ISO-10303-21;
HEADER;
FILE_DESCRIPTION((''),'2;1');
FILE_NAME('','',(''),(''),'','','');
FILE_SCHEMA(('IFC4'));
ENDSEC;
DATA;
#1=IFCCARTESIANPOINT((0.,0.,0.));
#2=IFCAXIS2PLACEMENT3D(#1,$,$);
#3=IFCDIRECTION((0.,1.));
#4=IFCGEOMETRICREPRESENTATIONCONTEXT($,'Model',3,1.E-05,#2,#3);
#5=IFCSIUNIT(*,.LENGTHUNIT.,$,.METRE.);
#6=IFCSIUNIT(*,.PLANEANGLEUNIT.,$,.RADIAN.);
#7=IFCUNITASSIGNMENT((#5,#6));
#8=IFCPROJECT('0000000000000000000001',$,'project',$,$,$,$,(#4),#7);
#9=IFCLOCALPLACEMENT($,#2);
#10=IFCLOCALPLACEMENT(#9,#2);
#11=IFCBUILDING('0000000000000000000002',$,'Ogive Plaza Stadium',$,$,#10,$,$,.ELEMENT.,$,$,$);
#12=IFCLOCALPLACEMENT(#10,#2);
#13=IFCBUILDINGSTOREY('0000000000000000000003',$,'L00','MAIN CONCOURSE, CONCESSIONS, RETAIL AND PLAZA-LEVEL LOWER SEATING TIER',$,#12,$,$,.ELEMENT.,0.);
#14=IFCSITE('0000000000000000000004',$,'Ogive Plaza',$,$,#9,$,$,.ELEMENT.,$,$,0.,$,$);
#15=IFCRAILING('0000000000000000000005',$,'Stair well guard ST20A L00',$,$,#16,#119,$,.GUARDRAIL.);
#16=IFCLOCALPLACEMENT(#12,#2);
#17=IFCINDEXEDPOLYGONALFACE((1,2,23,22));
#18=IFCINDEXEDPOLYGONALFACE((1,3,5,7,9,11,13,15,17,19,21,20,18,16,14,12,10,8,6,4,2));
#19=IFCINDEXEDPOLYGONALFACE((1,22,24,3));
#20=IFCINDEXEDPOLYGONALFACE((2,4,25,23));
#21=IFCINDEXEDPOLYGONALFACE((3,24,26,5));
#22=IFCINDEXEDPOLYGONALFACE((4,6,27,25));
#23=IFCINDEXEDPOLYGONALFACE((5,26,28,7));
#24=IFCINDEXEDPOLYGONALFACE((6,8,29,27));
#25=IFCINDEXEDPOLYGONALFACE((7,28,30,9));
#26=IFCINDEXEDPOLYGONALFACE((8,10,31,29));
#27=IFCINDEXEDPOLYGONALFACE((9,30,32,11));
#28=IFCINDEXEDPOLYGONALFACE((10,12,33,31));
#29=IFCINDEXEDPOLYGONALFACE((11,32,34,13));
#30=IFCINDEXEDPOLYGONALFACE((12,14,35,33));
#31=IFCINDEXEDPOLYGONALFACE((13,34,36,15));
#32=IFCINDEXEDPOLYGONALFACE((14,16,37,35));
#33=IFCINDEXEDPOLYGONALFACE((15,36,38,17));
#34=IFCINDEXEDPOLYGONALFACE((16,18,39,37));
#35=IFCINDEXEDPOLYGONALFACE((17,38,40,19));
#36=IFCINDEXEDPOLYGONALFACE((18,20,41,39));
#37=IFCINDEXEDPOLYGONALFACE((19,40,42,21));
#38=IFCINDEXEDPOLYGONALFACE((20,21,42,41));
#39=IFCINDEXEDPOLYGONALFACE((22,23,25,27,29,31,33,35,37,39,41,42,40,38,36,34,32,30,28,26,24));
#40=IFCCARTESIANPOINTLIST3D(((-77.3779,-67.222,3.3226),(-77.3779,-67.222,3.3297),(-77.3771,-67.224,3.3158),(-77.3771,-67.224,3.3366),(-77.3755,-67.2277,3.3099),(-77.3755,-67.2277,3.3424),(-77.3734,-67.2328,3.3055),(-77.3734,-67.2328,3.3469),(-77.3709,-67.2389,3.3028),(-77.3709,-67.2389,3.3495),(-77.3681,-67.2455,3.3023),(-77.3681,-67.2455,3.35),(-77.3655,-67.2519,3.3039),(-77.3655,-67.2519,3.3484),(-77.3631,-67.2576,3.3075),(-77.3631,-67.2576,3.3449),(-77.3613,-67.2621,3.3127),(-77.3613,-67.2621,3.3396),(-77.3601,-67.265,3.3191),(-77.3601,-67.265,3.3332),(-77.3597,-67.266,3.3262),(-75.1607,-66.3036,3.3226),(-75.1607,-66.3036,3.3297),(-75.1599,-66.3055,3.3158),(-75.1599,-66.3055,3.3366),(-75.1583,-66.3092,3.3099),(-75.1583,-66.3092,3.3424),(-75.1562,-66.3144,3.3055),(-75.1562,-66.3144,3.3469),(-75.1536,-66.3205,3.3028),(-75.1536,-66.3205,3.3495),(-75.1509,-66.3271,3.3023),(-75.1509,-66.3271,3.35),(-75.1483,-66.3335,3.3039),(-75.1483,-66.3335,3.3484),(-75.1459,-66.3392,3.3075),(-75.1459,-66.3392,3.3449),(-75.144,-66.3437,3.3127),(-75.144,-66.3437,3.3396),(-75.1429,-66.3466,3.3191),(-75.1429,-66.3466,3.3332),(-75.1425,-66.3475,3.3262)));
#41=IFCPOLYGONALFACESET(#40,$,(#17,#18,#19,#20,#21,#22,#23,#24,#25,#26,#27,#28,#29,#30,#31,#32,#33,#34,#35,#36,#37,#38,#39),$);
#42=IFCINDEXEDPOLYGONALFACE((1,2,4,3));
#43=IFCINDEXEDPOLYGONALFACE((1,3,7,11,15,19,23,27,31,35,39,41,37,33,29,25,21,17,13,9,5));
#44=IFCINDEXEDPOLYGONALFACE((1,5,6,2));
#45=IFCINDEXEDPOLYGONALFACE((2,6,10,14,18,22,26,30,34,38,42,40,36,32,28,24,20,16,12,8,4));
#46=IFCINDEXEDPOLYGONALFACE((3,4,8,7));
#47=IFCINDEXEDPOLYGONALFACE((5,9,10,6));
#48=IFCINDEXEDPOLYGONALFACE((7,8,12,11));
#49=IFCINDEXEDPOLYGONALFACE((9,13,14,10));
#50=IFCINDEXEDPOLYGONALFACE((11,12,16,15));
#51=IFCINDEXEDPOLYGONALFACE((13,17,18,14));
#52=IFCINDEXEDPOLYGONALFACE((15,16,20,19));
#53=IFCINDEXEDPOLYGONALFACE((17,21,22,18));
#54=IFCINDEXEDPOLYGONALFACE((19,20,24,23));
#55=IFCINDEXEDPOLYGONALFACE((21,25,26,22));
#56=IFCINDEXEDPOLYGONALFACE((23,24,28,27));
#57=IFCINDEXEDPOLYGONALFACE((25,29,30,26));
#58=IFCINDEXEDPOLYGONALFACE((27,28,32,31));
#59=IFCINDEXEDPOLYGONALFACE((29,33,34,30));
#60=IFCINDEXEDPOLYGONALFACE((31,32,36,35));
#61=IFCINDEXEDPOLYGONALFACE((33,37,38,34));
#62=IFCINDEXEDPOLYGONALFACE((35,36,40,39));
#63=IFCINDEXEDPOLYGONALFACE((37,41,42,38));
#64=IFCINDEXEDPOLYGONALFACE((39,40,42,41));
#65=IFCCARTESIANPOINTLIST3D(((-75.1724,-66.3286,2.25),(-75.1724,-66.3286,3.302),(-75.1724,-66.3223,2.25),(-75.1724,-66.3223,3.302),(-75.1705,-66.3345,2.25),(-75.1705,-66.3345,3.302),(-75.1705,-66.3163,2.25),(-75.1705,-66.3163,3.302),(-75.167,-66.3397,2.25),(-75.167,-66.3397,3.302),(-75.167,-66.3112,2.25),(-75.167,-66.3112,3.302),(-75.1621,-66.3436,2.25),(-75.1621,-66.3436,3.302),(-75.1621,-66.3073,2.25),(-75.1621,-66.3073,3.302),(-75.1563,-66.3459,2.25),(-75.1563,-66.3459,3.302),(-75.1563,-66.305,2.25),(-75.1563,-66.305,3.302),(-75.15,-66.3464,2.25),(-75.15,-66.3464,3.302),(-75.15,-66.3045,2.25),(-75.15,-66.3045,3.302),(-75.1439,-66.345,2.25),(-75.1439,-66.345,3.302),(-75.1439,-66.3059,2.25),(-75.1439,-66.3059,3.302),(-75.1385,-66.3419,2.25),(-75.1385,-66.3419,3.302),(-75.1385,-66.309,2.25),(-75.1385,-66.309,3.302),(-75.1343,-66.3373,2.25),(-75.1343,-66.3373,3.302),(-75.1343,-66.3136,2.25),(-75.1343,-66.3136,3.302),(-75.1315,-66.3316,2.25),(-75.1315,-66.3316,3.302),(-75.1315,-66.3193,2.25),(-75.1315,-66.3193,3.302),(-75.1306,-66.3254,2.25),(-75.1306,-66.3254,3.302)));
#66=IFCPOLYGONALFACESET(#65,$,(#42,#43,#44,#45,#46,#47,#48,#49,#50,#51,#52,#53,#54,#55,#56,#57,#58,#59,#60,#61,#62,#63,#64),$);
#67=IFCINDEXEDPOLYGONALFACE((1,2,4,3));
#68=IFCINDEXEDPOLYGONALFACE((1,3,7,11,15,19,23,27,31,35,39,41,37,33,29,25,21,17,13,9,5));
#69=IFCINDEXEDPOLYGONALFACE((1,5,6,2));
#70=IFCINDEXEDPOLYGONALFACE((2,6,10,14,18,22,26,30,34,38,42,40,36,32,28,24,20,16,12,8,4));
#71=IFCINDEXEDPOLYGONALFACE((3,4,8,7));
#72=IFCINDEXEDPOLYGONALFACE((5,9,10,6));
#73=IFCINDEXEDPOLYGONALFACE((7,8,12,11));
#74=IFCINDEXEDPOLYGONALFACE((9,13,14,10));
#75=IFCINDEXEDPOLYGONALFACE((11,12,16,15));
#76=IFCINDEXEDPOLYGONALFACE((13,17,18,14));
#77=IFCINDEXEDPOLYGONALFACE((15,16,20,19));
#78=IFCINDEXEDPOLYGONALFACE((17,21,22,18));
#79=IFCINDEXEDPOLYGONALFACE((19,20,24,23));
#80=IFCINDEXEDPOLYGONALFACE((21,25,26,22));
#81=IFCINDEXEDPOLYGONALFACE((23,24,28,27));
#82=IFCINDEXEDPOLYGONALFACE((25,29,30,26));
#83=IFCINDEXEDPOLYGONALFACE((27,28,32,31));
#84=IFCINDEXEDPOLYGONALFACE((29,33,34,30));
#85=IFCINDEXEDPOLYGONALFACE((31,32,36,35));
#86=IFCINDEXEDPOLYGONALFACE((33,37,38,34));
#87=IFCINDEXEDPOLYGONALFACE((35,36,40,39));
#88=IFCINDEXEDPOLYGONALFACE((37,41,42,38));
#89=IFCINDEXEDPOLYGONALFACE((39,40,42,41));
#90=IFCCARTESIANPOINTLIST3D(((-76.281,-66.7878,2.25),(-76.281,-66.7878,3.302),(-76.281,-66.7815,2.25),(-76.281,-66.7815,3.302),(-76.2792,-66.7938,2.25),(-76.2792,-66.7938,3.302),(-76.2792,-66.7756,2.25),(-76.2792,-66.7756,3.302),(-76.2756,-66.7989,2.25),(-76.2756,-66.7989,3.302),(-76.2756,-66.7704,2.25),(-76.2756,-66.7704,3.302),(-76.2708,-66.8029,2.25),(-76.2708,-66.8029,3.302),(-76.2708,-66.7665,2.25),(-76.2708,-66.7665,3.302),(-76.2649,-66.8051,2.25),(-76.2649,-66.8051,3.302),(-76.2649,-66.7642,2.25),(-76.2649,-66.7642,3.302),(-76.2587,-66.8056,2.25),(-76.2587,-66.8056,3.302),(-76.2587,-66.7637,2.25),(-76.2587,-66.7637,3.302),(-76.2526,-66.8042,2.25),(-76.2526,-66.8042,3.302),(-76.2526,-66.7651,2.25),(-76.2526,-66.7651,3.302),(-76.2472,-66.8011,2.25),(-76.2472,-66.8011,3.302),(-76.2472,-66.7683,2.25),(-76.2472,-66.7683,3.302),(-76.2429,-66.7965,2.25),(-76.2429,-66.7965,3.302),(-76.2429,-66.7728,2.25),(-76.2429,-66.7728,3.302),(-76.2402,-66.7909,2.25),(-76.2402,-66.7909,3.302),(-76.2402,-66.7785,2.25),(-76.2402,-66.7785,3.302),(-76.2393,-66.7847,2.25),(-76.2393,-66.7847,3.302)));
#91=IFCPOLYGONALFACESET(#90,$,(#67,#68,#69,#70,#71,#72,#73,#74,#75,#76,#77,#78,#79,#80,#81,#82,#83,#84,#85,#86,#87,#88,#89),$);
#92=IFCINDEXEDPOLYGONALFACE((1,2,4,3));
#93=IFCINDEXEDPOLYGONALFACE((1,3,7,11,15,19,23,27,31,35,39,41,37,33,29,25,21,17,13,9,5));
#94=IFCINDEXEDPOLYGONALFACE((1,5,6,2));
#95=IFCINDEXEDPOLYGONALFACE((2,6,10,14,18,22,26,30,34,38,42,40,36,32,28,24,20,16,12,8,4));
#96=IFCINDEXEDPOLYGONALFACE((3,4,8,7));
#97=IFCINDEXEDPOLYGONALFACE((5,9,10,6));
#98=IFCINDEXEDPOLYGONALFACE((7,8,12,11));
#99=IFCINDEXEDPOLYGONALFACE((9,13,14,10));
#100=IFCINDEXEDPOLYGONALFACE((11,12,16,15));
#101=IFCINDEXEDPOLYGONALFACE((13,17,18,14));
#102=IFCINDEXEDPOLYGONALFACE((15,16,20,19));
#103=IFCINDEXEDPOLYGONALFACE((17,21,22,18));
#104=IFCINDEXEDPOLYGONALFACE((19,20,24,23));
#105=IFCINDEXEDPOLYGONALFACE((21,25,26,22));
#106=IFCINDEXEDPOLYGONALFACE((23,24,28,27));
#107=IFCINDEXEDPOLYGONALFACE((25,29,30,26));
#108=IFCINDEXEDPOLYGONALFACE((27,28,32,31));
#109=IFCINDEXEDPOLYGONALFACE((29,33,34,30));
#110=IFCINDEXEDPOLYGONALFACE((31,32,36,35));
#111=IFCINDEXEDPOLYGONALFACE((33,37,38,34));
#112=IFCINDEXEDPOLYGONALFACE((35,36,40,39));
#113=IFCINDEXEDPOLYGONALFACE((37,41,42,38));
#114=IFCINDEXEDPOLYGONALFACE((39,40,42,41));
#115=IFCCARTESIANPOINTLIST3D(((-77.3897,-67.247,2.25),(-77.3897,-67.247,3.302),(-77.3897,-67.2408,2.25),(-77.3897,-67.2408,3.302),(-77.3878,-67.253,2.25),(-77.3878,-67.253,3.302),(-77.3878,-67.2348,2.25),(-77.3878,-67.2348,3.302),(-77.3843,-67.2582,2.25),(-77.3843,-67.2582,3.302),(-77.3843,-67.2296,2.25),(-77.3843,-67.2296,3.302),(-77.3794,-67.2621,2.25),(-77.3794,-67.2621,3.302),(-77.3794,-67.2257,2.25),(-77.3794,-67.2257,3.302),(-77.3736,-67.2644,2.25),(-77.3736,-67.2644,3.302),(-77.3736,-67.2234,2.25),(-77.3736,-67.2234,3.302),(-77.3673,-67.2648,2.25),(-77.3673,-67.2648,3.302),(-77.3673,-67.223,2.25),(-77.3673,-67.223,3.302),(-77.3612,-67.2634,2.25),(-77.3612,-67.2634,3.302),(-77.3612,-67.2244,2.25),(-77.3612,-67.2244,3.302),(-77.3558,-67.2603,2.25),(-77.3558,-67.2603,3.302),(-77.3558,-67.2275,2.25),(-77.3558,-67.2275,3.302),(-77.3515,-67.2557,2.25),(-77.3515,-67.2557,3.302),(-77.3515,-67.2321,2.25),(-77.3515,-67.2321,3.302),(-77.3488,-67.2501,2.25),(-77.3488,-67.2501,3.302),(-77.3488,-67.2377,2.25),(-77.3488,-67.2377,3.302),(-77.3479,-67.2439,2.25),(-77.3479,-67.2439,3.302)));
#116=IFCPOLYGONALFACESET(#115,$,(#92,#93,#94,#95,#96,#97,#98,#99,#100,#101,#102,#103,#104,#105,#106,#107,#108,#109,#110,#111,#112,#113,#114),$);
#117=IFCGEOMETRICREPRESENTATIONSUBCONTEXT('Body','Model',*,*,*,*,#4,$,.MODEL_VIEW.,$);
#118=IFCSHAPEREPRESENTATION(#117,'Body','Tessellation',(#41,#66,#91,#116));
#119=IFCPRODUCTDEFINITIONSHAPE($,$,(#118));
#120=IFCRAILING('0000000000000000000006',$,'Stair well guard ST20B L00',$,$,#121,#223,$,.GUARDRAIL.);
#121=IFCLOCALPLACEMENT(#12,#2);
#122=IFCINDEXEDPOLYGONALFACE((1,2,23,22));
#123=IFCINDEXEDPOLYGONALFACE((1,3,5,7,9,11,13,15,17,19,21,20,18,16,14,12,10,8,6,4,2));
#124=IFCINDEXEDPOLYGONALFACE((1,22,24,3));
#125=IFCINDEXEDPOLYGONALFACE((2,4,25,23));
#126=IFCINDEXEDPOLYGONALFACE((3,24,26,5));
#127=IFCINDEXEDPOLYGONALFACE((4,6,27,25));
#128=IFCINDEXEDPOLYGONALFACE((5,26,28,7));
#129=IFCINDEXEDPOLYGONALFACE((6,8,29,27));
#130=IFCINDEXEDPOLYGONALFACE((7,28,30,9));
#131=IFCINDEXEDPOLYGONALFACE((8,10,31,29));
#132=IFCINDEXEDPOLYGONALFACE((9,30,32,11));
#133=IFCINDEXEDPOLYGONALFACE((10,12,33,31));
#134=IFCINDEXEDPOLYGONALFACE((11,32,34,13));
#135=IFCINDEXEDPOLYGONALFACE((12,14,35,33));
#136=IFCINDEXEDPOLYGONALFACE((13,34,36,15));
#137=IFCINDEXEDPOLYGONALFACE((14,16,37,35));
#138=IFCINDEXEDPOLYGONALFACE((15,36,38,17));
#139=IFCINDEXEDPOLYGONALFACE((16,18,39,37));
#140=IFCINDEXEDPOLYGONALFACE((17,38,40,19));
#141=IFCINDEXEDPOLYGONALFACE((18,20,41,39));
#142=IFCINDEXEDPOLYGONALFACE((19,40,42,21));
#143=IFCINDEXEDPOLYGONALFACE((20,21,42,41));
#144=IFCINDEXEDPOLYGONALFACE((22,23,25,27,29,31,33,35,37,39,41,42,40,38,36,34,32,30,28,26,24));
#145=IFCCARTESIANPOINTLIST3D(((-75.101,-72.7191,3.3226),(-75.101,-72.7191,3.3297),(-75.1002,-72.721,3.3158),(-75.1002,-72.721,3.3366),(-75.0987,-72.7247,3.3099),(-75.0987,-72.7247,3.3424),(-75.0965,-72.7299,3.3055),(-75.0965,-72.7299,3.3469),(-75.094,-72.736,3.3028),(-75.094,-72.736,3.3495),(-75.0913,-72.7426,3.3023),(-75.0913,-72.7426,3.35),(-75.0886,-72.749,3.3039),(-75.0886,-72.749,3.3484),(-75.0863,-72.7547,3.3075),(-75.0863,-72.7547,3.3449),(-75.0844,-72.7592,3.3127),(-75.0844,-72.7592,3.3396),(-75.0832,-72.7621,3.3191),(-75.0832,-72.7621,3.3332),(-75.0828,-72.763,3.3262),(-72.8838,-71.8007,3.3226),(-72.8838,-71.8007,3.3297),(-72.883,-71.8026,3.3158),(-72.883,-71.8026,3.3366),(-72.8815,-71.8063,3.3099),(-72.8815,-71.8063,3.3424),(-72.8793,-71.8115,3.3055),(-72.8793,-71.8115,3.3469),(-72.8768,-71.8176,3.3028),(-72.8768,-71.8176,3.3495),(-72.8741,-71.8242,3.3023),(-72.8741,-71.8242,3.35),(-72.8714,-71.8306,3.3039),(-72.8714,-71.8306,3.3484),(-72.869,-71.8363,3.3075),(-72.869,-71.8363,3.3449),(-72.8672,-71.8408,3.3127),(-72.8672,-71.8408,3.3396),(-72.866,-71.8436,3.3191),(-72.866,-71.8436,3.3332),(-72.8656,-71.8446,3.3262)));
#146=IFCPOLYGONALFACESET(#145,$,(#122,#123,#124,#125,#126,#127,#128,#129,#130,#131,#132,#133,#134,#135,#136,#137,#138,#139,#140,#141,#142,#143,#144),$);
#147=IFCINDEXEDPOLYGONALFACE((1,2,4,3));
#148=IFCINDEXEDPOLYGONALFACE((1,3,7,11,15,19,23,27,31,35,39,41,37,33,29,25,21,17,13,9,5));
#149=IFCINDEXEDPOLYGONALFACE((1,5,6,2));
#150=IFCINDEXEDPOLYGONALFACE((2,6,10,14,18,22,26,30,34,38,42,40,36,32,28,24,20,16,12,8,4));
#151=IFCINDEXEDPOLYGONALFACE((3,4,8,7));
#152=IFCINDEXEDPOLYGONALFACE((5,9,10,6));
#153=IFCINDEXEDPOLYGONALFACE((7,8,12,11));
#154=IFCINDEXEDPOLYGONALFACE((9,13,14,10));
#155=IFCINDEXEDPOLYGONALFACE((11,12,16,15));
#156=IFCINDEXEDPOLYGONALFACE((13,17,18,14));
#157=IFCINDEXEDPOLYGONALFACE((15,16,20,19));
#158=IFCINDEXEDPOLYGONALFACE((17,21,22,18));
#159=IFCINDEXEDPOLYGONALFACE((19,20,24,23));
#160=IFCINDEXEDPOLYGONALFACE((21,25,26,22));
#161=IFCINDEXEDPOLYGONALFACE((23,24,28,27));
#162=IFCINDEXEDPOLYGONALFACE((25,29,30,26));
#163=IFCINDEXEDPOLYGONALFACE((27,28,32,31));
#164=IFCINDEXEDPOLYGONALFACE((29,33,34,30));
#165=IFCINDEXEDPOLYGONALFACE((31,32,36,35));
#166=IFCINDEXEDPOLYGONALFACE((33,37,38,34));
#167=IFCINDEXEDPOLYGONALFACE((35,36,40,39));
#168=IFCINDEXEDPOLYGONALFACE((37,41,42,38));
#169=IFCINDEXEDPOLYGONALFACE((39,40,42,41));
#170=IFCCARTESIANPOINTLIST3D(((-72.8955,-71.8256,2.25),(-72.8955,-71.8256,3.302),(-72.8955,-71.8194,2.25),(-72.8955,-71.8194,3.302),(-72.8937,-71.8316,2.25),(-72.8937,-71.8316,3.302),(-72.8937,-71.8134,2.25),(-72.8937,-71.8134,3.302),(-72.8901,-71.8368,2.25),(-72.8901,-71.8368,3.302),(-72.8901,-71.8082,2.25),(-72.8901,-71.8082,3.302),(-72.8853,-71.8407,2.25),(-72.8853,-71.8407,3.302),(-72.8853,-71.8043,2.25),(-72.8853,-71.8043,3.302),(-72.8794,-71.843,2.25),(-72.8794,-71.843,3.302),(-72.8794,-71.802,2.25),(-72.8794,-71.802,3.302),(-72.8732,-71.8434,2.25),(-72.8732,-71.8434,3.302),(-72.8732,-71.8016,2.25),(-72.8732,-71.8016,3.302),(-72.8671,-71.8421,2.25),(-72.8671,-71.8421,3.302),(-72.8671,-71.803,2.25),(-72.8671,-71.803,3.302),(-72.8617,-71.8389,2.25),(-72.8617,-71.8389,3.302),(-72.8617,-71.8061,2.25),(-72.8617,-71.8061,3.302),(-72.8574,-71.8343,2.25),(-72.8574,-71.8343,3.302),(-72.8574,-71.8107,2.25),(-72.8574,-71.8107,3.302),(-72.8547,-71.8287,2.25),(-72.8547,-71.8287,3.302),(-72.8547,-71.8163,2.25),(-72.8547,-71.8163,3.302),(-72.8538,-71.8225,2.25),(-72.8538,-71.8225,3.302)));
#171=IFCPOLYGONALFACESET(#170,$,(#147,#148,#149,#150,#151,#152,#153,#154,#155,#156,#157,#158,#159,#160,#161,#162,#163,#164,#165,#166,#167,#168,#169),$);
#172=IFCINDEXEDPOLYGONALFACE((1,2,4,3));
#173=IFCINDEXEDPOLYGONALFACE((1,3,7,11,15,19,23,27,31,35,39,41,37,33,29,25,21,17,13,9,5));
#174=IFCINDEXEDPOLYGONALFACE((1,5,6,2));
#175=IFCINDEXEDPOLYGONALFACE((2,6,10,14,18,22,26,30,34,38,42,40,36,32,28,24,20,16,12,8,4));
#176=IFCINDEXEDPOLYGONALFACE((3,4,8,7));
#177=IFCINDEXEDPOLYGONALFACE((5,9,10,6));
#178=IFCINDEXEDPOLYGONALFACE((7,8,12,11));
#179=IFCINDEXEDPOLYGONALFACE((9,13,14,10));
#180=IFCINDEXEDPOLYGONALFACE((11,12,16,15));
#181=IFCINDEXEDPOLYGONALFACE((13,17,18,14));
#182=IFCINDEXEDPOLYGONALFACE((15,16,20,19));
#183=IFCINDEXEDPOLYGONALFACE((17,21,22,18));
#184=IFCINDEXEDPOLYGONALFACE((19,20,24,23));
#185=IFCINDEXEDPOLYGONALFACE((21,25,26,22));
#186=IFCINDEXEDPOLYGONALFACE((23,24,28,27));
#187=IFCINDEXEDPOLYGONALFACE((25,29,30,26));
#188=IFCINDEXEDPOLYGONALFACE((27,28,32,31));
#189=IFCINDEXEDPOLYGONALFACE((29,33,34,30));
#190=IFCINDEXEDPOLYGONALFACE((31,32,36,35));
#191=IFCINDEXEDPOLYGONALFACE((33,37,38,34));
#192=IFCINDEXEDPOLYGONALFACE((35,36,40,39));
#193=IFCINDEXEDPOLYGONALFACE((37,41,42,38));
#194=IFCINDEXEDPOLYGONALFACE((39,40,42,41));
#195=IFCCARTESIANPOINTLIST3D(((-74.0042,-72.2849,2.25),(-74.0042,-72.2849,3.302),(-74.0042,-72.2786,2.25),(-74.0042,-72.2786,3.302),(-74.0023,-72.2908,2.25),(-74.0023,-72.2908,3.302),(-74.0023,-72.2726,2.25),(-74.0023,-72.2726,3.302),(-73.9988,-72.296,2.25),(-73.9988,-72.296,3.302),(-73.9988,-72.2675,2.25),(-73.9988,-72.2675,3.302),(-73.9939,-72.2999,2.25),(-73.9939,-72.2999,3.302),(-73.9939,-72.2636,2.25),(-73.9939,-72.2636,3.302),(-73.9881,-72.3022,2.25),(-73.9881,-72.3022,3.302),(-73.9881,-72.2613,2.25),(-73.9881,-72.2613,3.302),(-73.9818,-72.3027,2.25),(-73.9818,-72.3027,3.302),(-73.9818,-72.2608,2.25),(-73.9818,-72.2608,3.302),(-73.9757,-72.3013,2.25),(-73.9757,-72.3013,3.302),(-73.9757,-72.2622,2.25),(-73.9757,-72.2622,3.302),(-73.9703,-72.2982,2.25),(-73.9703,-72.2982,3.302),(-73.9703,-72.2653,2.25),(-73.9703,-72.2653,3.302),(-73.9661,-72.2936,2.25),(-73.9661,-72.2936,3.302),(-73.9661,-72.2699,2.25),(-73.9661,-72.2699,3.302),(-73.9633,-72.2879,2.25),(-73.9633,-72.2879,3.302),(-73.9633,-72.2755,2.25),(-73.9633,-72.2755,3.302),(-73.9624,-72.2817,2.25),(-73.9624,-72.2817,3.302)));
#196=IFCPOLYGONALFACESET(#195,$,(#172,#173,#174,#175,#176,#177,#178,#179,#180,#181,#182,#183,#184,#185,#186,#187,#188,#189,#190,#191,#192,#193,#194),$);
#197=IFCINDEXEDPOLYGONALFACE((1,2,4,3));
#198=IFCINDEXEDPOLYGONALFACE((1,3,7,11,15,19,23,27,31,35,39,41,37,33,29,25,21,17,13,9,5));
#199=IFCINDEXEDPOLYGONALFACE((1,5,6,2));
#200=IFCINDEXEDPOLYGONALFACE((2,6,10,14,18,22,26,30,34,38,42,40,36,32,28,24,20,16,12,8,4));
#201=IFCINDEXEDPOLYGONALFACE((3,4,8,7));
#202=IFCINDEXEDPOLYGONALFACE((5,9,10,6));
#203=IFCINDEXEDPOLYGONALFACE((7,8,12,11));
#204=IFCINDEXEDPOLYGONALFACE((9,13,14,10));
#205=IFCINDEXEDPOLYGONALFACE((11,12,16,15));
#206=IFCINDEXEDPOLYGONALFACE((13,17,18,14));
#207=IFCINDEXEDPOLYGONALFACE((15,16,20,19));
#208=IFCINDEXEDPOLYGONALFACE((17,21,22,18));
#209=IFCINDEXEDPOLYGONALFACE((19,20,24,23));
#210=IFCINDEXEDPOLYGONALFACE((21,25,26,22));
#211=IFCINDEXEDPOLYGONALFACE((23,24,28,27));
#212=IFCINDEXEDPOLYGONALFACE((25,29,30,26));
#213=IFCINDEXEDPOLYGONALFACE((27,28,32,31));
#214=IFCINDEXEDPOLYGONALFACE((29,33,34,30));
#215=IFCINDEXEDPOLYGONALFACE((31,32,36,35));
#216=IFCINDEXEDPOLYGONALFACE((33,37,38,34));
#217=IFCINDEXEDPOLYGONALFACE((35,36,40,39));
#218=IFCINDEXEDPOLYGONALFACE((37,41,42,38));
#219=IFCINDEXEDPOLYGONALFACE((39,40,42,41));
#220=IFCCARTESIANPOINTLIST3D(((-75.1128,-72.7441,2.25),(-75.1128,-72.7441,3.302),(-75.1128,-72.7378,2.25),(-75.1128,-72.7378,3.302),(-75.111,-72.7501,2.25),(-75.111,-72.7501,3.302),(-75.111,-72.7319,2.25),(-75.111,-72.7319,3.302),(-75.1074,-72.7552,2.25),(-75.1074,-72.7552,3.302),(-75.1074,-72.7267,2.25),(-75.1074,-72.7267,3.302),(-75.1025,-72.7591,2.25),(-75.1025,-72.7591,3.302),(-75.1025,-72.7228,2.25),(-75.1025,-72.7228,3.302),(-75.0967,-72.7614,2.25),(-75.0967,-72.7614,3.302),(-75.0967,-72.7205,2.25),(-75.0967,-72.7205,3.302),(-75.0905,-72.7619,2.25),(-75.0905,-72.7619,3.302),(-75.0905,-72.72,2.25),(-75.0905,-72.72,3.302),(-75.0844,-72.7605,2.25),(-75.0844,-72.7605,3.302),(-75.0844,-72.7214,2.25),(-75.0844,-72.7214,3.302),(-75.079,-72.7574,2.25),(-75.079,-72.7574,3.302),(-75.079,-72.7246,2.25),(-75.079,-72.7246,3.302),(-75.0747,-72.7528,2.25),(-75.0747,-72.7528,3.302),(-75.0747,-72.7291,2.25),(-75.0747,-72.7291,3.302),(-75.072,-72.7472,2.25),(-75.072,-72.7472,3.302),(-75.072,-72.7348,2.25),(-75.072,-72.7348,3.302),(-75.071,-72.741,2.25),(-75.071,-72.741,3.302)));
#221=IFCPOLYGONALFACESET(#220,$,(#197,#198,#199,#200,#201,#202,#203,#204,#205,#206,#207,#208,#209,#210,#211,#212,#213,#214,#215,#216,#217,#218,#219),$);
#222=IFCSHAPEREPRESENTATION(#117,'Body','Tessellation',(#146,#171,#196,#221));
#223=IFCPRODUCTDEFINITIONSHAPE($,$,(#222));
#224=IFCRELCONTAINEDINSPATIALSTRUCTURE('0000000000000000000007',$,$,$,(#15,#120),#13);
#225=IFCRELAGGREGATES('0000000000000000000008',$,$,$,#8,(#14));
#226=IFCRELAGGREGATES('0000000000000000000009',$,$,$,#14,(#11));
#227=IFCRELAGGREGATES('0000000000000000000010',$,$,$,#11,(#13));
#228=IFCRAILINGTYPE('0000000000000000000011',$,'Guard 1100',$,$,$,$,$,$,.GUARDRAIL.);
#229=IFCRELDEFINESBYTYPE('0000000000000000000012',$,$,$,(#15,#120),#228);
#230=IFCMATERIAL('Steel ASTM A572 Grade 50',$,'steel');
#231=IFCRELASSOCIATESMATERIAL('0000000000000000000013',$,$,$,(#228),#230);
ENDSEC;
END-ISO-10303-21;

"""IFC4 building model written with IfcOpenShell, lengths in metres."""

from ifc_helpers import new_model, si_unit, direction, frame, origin, origin_2d, place, context, subcontext, project, spatial, circle, extrude, material, type_object, element, save


model = new_model("IFC4")

# Units and contexts
model_context = context("Model", 3, precision=1e-05, world=origin(), true_north=direction((0.0, 1.0)))
body_context = subcontext(model_context, "Body", "Model", "MODEL_VIEW")
ifc_project = project(units=[si_unit("LENGTHUNIT", "METRE"), si_unit("PLANEANGLEUNIT", "RADIAN")], contexts=[model_context])

# Site, building, storey
site_placement = place(None, origin())
site = spatial("IfcSite", under=ifc_project, at=site_placement, Name="Ogive Plaza", CompositionType="ELEMENT", RefElevation=0.0)
building_placement = place(site_placement, origin())
building = spatial("IfcBuilding", under=site, at=building_placement, Name="Ogive Plaza Stadium", CompositionType="ELEMENT")
storey_placement = place(building_placement, origin())
storey = spatial("IfcBuildingStorey", under=building, at=storey_placement, Name="L00", Description="MAIN CONCOURSE, CONCESSIONS, RETAIL AND PLAZA-LEVEL LOWER SEATING TIER", CompositionType="ELEMENT", Elevation=0.0)

# Railings
ifc_material_1 = material(Name="Steel ASTM A572 Grade 50", Category="steel")
railing_type_1 = type_object("IfcRailingType", Name="Guard 1100", PredefinedType="GUARDRAIL", material=ifc_material_1)
for number, where, name in (
    (1, (-75.1516, -66.3254, 2.25), "Stair well guard ST20A L00"),
    (2, (-72.8748, -71.8225, 2.25), "Stair well guard ST20B L00"),
):
    element("IfcRailing", number, at=place(storey_placement, frame(where)), inside=storey, type_object=railing_type_1, Name=name, PredefinedType="GUARDRAIL", context=body_context, shape_type="SweptSolid", body=[
        extrude(circle(Radius=0.0239, at=origin_2d()), frame((0.0, 0.0, 1.0762), z_axis=(-0.923875, -0.382693, 0.0), x_axis=(0.382693, -0.923875, 0.0)), (0.0, 0.0, 1.0), 2.3999),
        extrude(circle(Radius=0.021, at=origin_2d()), origin(), (0.0, 0.0, 1.0), 1.052),
        extrude(circle(Radius=0.021, at=origin_2d()), frame((-1.1086, -0.4592, 0.0)), (0.0, 0.0, 1.0), 1.052),
        extrude(circle(Radius=0.021, at=origin_2d()), frame((-2.2173, -0.9185, 0.0)), (0.0, 0.0, 1.0), 1.052),
    ])

save(model, "model.ifc")
